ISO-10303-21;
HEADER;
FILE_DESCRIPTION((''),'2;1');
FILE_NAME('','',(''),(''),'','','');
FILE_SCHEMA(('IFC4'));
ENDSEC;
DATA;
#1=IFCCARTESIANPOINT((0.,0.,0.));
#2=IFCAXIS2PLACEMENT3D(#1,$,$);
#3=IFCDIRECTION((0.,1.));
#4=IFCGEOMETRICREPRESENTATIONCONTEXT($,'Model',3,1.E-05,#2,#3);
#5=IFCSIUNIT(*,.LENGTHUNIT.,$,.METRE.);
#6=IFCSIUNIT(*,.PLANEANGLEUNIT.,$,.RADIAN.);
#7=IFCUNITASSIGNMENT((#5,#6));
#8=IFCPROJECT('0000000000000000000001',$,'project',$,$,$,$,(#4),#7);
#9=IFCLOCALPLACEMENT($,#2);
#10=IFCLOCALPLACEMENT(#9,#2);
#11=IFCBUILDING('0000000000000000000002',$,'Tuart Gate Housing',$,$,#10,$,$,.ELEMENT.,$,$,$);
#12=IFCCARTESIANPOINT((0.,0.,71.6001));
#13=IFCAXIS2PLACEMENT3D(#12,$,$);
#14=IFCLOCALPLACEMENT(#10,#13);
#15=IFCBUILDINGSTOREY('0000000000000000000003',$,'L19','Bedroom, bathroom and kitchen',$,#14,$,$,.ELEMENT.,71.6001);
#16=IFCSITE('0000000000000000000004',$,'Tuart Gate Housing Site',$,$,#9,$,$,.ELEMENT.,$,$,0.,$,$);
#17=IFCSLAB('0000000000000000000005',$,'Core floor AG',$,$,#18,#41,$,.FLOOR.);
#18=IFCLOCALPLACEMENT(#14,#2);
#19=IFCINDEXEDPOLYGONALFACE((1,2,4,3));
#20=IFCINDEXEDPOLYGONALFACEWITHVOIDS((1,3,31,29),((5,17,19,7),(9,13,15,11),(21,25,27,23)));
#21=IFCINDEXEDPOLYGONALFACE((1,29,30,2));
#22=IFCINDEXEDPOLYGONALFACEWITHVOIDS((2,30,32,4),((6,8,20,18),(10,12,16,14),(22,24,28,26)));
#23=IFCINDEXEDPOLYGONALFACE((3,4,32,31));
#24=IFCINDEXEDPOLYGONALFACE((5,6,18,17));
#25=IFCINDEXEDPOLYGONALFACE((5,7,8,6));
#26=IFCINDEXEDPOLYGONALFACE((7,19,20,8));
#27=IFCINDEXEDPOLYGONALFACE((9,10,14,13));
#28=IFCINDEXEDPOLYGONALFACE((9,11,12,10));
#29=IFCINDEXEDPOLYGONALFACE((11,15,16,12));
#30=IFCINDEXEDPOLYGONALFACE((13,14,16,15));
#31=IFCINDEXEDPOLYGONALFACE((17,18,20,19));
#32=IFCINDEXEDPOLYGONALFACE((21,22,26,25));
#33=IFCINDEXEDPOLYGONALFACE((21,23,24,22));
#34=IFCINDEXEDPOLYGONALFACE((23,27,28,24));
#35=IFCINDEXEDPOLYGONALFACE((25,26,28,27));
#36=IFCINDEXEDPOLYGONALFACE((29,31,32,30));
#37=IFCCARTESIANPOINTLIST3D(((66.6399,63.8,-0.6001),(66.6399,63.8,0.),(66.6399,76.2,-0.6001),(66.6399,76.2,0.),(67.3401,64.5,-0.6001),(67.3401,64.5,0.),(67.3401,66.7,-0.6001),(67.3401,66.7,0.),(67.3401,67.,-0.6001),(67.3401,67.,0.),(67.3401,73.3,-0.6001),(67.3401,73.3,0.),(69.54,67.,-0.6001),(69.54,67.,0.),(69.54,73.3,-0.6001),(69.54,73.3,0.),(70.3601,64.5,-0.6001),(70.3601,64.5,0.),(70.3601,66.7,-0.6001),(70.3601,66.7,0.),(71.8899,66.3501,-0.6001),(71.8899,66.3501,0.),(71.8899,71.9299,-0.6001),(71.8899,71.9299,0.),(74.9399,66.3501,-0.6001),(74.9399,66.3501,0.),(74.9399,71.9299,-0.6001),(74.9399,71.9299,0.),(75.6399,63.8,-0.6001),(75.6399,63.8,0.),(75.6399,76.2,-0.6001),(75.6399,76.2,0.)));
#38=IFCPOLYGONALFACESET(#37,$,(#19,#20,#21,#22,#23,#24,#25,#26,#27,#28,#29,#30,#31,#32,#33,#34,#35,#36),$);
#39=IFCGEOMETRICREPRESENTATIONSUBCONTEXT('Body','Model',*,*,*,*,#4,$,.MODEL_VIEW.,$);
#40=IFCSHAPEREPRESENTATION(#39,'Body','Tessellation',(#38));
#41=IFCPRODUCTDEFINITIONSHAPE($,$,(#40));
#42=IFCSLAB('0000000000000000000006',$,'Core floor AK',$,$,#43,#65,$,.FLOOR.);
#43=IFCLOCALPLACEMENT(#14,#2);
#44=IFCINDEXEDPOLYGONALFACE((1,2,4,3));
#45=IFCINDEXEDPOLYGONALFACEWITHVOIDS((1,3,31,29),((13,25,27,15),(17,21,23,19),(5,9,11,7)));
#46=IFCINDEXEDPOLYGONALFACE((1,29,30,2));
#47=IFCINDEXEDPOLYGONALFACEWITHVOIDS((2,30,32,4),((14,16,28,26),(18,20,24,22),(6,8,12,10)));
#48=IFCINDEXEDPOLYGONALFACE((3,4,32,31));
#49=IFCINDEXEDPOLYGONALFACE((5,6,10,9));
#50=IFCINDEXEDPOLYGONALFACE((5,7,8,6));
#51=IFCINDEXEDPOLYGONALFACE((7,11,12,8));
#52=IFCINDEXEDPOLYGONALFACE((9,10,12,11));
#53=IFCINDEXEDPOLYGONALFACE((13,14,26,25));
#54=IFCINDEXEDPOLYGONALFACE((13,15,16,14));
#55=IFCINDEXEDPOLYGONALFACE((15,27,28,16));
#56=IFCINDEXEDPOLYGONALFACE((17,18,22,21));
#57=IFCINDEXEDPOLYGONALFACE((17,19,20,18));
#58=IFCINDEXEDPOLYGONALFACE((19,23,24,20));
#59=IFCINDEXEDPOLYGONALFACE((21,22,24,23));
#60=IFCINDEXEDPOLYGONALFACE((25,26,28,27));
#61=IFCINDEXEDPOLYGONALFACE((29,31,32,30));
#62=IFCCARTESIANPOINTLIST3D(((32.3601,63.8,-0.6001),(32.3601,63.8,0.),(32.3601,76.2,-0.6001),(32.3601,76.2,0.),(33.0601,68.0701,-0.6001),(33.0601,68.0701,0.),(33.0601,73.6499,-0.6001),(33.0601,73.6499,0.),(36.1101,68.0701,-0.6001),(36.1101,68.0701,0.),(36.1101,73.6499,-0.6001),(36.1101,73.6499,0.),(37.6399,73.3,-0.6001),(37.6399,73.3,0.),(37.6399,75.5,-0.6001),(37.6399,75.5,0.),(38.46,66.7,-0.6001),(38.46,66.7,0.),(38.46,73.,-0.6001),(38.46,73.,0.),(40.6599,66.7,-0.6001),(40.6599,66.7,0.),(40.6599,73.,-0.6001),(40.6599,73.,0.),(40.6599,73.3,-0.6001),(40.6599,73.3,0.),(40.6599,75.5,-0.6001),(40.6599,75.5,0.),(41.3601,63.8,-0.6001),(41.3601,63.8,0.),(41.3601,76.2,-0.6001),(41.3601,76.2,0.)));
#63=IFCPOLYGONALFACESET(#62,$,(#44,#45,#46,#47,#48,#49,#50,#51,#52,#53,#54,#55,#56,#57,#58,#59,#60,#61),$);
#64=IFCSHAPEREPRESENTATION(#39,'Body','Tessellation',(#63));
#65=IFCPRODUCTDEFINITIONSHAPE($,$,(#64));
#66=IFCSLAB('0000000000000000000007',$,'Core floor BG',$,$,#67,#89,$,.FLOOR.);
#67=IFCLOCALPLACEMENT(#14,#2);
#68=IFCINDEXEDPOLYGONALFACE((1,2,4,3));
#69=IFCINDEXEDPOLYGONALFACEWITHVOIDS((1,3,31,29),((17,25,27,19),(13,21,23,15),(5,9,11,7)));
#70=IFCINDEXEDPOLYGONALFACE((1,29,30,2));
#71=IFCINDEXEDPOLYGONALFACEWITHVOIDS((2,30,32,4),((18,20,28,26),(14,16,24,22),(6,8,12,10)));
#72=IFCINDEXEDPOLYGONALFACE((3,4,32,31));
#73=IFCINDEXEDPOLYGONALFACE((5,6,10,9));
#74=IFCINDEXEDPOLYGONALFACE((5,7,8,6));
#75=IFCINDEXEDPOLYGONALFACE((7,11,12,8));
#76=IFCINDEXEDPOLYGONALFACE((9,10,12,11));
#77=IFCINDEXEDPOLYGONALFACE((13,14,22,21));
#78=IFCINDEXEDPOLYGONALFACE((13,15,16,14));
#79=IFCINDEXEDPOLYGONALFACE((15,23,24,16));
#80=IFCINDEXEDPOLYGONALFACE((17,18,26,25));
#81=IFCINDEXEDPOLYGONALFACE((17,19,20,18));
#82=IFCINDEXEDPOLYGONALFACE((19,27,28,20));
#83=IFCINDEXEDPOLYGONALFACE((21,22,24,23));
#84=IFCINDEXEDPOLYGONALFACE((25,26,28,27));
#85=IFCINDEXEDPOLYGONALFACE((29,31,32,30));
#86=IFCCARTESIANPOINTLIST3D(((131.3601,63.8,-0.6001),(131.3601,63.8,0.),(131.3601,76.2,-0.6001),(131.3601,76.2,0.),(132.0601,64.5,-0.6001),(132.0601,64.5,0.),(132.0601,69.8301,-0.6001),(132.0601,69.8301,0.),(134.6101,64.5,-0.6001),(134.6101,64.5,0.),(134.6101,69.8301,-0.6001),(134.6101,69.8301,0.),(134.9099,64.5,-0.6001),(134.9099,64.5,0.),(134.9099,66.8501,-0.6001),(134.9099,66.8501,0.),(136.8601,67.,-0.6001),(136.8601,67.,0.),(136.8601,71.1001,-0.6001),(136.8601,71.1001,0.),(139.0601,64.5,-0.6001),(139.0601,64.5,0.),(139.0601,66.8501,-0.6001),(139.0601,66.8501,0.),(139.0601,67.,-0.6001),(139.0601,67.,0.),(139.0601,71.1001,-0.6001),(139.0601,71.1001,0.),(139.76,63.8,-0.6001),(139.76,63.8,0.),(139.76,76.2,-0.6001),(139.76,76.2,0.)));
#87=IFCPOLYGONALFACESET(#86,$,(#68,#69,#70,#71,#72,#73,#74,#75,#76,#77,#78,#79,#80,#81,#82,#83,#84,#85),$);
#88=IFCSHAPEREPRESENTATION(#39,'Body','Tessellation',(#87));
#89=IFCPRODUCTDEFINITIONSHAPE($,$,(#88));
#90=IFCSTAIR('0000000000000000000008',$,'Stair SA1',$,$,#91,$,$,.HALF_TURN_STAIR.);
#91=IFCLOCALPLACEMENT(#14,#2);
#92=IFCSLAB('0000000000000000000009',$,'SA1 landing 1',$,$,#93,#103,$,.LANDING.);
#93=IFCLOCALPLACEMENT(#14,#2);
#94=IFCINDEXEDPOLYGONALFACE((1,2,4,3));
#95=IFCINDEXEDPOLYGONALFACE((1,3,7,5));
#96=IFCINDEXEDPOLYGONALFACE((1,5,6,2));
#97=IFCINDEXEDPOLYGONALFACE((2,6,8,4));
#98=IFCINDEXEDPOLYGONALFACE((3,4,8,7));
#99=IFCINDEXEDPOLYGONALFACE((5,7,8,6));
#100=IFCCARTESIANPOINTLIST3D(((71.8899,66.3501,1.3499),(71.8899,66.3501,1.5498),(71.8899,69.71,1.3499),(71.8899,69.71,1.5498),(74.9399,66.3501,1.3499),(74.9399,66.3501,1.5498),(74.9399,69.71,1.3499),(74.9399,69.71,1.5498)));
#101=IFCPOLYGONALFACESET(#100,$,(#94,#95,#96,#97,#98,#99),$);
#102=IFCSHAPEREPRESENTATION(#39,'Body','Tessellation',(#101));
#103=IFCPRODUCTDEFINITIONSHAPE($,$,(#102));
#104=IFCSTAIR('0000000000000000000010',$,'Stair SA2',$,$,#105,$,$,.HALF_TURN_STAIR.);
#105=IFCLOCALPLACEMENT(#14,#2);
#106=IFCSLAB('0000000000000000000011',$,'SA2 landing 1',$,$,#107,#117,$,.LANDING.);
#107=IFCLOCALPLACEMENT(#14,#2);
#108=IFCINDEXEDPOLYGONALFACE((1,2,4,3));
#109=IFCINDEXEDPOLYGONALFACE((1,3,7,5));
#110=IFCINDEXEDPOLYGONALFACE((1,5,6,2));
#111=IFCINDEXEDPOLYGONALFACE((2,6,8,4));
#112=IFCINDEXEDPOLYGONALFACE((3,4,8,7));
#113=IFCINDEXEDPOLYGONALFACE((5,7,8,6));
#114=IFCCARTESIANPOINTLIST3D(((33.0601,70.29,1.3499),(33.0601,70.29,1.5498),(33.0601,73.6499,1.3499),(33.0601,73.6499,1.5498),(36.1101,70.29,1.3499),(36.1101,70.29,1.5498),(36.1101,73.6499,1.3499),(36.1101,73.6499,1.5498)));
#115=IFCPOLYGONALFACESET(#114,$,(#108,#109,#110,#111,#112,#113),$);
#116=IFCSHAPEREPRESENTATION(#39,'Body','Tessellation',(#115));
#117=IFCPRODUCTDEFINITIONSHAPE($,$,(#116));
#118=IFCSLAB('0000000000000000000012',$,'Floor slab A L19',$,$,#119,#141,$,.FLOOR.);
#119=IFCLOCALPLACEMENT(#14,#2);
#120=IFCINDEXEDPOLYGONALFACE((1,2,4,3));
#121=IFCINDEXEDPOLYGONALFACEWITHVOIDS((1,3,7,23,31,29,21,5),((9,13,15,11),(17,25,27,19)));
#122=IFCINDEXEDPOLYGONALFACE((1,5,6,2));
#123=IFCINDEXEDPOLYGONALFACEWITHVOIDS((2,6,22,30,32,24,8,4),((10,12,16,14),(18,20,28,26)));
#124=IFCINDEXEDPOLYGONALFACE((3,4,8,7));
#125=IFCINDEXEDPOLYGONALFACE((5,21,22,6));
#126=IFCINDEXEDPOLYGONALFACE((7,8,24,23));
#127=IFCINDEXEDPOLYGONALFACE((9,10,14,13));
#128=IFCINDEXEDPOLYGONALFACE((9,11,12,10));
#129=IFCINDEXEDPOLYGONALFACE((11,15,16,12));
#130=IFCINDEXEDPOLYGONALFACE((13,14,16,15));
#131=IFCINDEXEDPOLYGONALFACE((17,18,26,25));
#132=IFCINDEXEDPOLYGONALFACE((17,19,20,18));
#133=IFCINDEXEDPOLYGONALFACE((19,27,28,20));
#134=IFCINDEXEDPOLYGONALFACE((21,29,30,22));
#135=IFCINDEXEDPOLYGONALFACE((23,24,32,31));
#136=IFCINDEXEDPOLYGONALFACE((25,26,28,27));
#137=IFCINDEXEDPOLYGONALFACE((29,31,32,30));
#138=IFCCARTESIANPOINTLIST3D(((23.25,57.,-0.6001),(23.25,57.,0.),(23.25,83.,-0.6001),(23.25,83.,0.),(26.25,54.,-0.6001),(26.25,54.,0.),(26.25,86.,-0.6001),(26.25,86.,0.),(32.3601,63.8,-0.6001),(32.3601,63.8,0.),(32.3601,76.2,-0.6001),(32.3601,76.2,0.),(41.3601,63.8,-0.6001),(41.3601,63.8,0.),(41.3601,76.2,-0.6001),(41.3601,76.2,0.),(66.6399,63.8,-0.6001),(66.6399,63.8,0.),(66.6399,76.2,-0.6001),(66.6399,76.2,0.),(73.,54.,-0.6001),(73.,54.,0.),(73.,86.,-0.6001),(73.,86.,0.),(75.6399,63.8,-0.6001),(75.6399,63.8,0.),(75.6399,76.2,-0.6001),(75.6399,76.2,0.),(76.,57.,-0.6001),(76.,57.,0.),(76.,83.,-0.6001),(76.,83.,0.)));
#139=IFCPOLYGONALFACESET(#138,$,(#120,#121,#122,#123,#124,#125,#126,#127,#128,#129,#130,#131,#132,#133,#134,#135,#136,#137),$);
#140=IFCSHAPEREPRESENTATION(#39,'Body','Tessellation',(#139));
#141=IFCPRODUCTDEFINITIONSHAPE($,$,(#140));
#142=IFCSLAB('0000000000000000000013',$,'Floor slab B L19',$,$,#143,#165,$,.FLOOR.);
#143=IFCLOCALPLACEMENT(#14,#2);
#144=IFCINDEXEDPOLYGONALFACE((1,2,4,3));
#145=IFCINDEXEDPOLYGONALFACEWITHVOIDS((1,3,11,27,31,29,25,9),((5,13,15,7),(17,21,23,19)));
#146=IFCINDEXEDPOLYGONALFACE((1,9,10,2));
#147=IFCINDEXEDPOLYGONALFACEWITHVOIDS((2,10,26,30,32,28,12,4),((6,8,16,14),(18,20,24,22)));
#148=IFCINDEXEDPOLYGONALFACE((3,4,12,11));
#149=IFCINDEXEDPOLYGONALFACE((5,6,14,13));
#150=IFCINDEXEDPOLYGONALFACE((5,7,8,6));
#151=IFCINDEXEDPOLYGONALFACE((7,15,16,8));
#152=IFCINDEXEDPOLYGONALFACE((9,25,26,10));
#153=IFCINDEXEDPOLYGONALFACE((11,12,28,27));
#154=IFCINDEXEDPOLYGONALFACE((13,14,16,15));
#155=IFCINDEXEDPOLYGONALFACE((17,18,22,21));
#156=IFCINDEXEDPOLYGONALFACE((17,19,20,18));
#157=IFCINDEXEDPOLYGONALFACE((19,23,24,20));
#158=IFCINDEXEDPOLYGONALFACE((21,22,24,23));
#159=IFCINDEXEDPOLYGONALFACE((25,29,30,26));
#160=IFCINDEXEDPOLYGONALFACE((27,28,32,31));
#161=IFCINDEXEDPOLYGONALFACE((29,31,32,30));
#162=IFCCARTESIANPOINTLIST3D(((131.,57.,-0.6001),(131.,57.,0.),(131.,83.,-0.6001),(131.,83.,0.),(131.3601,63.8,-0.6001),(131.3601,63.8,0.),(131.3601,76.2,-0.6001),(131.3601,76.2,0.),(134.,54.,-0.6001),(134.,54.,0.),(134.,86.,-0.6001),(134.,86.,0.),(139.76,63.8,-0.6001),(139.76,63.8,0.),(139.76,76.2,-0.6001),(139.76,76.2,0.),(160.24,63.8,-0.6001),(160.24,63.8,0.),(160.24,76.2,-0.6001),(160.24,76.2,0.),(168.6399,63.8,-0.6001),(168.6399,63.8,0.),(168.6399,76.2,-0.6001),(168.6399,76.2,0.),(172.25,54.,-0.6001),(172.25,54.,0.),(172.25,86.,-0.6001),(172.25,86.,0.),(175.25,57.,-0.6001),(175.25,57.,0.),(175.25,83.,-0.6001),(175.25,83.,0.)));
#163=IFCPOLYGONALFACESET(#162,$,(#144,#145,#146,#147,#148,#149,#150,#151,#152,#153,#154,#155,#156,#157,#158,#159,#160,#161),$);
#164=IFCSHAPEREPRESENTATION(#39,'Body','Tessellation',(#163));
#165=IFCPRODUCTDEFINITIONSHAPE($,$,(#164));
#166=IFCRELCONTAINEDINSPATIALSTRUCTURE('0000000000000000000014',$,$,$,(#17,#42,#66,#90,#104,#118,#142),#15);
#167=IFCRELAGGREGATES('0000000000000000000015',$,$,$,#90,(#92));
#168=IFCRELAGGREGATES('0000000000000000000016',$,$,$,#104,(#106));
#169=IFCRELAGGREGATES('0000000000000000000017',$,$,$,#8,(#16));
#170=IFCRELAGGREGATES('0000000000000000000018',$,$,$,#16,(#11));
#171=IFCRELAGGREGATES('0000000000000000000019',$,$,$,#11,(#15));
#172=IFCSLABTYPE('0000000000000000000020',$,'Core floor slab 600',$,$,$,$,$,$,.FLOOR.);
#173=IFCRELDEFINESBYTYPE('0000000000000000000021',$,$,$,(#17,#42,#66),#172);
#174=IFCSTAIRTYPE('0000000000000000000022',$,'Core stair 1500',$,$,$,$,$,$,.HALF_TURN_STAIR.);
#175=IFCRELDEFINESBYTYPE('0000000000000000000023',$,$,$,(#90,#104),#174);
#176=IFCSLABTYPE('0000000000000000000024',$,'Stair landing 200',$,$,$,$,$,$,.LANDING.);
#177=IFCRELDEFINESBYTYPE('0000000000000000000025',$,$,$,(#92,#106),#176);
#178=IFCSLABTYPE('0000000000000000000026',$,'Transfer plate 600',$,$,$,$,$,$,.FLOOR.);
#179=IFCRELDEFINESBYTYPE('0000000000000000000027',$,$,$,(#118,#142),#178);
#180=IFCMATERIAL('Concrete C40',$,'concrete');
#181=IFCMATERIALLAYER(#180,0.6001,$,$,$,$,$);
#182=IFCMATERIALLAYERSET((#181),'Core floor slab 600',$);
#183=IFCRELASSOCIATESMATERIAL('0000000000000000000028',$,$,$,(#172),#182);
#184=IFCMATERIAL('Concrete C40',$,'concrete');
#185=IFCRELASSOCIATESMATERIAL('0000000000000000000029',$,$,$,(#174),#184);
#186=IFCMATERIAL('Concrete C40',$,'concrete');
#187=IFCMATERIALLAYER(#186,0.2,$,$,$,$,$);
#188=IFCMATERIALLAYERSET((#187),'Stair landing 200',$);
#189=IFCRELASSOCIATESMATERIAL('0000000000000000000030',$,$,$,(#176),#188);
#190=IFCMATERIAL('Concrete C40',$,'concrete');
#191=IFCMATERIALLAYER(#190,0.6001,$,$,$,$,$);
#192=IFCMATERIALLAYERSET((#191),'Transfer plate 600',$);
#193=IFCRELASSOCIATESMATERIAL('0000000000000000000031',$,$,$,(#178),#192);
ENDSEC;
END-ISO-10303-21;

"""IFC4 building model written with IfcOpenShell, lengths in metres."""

from ifc_helpers import new_model, si_unit, direction, frame, origin, place, context, subcontext, project, spatial, polyline, outline, extrude, material, layer, layer_set, type_object, element, aggregate, save


model = new_model("IFC4")

# Units and contexts
model_context = context("Model", 3, precision=1e-05, world=origin(), true_north=direction((0.0, 1.0)))
body_context = subcontext(model_context, "Body", "Model", "MODEL_VIEW")
ifc_project = project(units=[si_unit("LENGTHUNIT", "METRE"), si_unit("PLANEANGLEUNIT", "RADIAN")], contexts=[model_context])

# Site, building, storey
site_placement = place(None, origin())
site = spatial("IfcSite", under=ifc_project, at=site_placement, Name="Tuart Gate Housing Site", CompositionType="ELEMENT", RefElevation=0.0)
building_placement = place(site_placement, origin())
building = spatial("IfcBuilding", under=site, at=building_placement, Name="Tuart Gate Housing", CompositionType="ELEMENT")
storey_placement = place(building_placement, frame((0.0, 0.0, 71.6001)))
storey = spatial("IfcBuildingStorey", under=building, at=storey_placement, Name="L19", Description="Bedroom, bathroom and kitchen", CompositionType="ELEMENT", Elevation=71.6001)

# Slabs
ifc_material_1 = material(Name="Concrete C40", Category="concrete")
ifc_layer_1 = layer(ifc_material_1, 0.6001)
ifc_layer_set_1 = layer_set([ifc_layer_1], Name="Core floor slab 600")
slab_type_1 = type_object("IfcSlabType", Name="Core floor slab 600", PredefinedType="FLOOR", material=ifc_layer_set_1)
slab_1_placement = place(storey_placement, frame((0.0, 0.0, -0.6001)))
element("IfcSlab", 1, at=slab_1_placement, inside=storey, type_object=slab_type_1, Name="Core floor AG", PredefinedType="FLOOR", context=body_context, shape_type="SweptSolid", body=[
    extrude(outline(polyline([(66.6399, 63.8), (75.6399, 63.8), (75.6399, 76.2), (66.6399, 76.2), (66.6399, 63.8)]), holes=[polyline([(67.3401, 64.5), (70.3601, 64.5), (70.3601, 66.7), (67.3401, 66.7), (67.3401, 64.5)]), polyline([(67.3401, 67.0), (69.54, 67.0), (69.54, 73.3), (67.3401, 73.3), (67.3401, 67.0)]), polyline([(71.8899, 66.3501), (74.9399, 66.3501), (74.9399, 71.9299), (71.8899, 71.9299), (71.8899, 66.3501)])]), origin(), (0.0, 0.0, 1.0), 0.6001),
])
slab_2_placement = place(storey_placement, frame((0.0, 0.0, -0.6001)))
element("IfcSlab", 2, at=slab_2_placement, inside=storey, type_object=slab_type_1, Name="Core floor AK", PredefinedType="FLOOR", context=body_context, shape_type="SweptSolid", body=[
    extrude(outline(polyline([(32.3601, 63.8), (41.3601, 63.8), (41.3601, 76.2), (32.3601, 76.2), (32.3601, 63.8)]), holes=[polyline([(40.6599, 75.5), (37.6399, 75.5), (37.6399, 73.3), (40.6599, 73.3), (40.6599, 75.5)]), polyline([(40.6599, 73.0), (38.46, 73.0), (38.46, 66.7), (40.6599, 66.7), (40.6599, 73.0)]), polyline([(36.1101, 73.6499), (33.0601, 73.6499), (33.0601, 68.0701), (36.1101, 68.0701), (36.1101, 73.6499)])]), origin(), (0.0, 0.0, 1.0), 0.6001),
])
slab_3_placement = place(storey_placement, frame((0.0, 0.0, -0.6001)))
element("IfcSlab", 3, at=slab_3_placement, inside=storey, type_object=slab_type_1, Name="Core floor BG", PredefinedType="FLOOR", context=body_context, shape_type="SweptSolid", body=[
    extrude(outline(polyline([(131.3601, 63.8), (139.76, 63.8), (139.76, 76.2), (131.3601, 76.2), (131.3601, 63.8)]), holes=[polyline([(139.0601, 66.8501), (134.9099, 66.8501), (134.9099, 64.5), (139.0601, 64.5), (139.0601, 66.8501)]), polyline([(139.0601, 71.1001), (136.8601, 71.1001), (136.8601, 67.0), (139.0601, 67.0), (139.0601, 71.1001)]), polyline([(134.6101, 69.8301), (132.0601, 69.8301), (132.0601, 64.5), (134.6101, 64.5), (134.6101, 69.8301)])]), origin(), (0.0, 0.0, 1.0), 0.6001),
])

# Stairs, slabs
ifc_material_2 = material(Name="Concrete C40", Category="concrete")
stair_type = type_object("IfcStairType", Name="Core stair 1500", PredefinedType="HALF_TURN_STAIR", material=ifc_material_2)
stair_1_placement = place(storey_placement, origin())
stair_1 = element("IfcStair", 4, at=stair_1_placement, inside=storey, type_object=stair_type, Name="Stair SA1", PredefinedType="HALF_TURN_STAIR")
ifc_material_3 = material(Name="Concrete C40", Category="concrete")
ifc_layer_2 = layer(ifc_material_3, 0.2)
ifc_layer_set_2 = layer_set([ifc_layer_2], Name="Stair landing 200")
slab_type_2 = type_object("IfcSlabType", Name="Stair landing 200", PredefinedType="LANDING", material=ifc_layer_set_2)
slab_4_placement = place(storey_placement, frame((0.0, 0.0, 1.3499)))
slab_4 = element("IfcSlab", 5, at=slab_4_placement, type_object=slab_type_2, Name="SA1 landing 1", PredefinedType="LANDING", context=body_context, shape_type="SweptSolid", body=[
    extrude(outline(polyline([(71.8899, 66.3501), (74.9399, 66.3501), (74.9399, 69.71), (71.8899, 69.71), (71.8899, 66.3501)])), origin(), (0.0, 0.0, 1.0), 0.2),
])
aggregate(stair_1, [slab_4])
stair_2_placement = place(storey_placement, origin())
stair_2 = element("IfcStair", 6, at=stair_2_placement, inside=storey, type_object=stair_type, Name="Stair SA2", PredefinedType="HALF_TURN_STAIR")
slab_5_placement = place(storey_placement, frame((0.0, 0.0, 1.3499)))
slab_5 = element("IfcSlab", 7, at=slab_5_placement, type_object=slab_type_2, Name="SA2 landing 1", PredefinedType="LANDING", context=body_context, shape_type="SweptSolid", body=[
    extrude(outline(polyline([(36.1101, 73.6499), (33.0601, 73.6499), (33.0601, 70.29), (36.1101, 70.29), (36.1101, 73.6499)])), origin(), (0.0, 0.0, 1.0), 0.2),
])
aggregate(stair_2, [slab_5])

# Slabs
ifc_material_4 = material(Name="Concrete C40", Category="concrete")
ifc_layer_3 = layer(ifc_material_4, 0.6001)
ifc_layer_set_3 = layer_set([ifc_layer_3], Name="Transfer plate 600")
slab_type_3 = type_object("IfcSlabType", Name="Transfer plate 600", PredefinedType="FLOOR", material=ifc_layer_set_3)
slab_6_placement = place(storey_placement, frame((0.0, 0.0, -0.6001)))
element("IfcSlab", 8, at=slab_6_placement, inside=storey, type_object=slab_type_3, Name="Floor slab A L19", PredefinedType="FLOOR", context=body_context, shape_type="SweptSolid", body=[
    extrude(outline(polyline([(26.25, 86.0), (23.25, 83.0), (23.25, 57.0), (26.25, 54.0), (73.0, 54.0), (76.0, 57.0), (76.0, 83.0), (73.0, 86.0), (26.25, 86.0)]), holes=[polyline([(66.6399, 76.2), (75.6399, 76.2), (75.6399, 63.8), (66.6399, 63.8), (66.6399, 76.2)]), polyline([(41.3601, 76.2), (41.3601, 63.8), (32.3601, 63.8), (32.3601, 76.2), (41.3601, 76.2)])]), origin(), (0.0, 0.0, 1.0), 0.6001),
])
slab_7_placement = place(storey_placement, frame((0.0, 0.0, -0.6001)))
element("IfcSlab", 9, at=slab_7_placement, inside=storey, type_object=slab_type_3, Name="Floor slab B L19", PredefinedType="FLOOR", context=body_context, shape_type="SweptSolid", body=[
    extrude(outline(polyline([(134.0, 86.0), (131.0, 83.0), (131.0, 57.0), (134.0, 54.0), (172.25, 54.0), (175.25, 57.0), (175.25, 83.0), (172.25, 86.0), (134.0, 86.0)]), holes=[polyline([(131.3601, 76.2), (139.76, 76.2), (139.76, 63.8), (131.3601, 63.8), (131.3601, 76.2)]), polyline([(168.6399, 76.2), (168.6399, 63.8), (160.24, 63.8), (160.24, 76.2), (168.6399, 76.2)])]), origin(), (0.0, 0.0, 1.0), 0.6001),
])

save(model, "model.ifc")
